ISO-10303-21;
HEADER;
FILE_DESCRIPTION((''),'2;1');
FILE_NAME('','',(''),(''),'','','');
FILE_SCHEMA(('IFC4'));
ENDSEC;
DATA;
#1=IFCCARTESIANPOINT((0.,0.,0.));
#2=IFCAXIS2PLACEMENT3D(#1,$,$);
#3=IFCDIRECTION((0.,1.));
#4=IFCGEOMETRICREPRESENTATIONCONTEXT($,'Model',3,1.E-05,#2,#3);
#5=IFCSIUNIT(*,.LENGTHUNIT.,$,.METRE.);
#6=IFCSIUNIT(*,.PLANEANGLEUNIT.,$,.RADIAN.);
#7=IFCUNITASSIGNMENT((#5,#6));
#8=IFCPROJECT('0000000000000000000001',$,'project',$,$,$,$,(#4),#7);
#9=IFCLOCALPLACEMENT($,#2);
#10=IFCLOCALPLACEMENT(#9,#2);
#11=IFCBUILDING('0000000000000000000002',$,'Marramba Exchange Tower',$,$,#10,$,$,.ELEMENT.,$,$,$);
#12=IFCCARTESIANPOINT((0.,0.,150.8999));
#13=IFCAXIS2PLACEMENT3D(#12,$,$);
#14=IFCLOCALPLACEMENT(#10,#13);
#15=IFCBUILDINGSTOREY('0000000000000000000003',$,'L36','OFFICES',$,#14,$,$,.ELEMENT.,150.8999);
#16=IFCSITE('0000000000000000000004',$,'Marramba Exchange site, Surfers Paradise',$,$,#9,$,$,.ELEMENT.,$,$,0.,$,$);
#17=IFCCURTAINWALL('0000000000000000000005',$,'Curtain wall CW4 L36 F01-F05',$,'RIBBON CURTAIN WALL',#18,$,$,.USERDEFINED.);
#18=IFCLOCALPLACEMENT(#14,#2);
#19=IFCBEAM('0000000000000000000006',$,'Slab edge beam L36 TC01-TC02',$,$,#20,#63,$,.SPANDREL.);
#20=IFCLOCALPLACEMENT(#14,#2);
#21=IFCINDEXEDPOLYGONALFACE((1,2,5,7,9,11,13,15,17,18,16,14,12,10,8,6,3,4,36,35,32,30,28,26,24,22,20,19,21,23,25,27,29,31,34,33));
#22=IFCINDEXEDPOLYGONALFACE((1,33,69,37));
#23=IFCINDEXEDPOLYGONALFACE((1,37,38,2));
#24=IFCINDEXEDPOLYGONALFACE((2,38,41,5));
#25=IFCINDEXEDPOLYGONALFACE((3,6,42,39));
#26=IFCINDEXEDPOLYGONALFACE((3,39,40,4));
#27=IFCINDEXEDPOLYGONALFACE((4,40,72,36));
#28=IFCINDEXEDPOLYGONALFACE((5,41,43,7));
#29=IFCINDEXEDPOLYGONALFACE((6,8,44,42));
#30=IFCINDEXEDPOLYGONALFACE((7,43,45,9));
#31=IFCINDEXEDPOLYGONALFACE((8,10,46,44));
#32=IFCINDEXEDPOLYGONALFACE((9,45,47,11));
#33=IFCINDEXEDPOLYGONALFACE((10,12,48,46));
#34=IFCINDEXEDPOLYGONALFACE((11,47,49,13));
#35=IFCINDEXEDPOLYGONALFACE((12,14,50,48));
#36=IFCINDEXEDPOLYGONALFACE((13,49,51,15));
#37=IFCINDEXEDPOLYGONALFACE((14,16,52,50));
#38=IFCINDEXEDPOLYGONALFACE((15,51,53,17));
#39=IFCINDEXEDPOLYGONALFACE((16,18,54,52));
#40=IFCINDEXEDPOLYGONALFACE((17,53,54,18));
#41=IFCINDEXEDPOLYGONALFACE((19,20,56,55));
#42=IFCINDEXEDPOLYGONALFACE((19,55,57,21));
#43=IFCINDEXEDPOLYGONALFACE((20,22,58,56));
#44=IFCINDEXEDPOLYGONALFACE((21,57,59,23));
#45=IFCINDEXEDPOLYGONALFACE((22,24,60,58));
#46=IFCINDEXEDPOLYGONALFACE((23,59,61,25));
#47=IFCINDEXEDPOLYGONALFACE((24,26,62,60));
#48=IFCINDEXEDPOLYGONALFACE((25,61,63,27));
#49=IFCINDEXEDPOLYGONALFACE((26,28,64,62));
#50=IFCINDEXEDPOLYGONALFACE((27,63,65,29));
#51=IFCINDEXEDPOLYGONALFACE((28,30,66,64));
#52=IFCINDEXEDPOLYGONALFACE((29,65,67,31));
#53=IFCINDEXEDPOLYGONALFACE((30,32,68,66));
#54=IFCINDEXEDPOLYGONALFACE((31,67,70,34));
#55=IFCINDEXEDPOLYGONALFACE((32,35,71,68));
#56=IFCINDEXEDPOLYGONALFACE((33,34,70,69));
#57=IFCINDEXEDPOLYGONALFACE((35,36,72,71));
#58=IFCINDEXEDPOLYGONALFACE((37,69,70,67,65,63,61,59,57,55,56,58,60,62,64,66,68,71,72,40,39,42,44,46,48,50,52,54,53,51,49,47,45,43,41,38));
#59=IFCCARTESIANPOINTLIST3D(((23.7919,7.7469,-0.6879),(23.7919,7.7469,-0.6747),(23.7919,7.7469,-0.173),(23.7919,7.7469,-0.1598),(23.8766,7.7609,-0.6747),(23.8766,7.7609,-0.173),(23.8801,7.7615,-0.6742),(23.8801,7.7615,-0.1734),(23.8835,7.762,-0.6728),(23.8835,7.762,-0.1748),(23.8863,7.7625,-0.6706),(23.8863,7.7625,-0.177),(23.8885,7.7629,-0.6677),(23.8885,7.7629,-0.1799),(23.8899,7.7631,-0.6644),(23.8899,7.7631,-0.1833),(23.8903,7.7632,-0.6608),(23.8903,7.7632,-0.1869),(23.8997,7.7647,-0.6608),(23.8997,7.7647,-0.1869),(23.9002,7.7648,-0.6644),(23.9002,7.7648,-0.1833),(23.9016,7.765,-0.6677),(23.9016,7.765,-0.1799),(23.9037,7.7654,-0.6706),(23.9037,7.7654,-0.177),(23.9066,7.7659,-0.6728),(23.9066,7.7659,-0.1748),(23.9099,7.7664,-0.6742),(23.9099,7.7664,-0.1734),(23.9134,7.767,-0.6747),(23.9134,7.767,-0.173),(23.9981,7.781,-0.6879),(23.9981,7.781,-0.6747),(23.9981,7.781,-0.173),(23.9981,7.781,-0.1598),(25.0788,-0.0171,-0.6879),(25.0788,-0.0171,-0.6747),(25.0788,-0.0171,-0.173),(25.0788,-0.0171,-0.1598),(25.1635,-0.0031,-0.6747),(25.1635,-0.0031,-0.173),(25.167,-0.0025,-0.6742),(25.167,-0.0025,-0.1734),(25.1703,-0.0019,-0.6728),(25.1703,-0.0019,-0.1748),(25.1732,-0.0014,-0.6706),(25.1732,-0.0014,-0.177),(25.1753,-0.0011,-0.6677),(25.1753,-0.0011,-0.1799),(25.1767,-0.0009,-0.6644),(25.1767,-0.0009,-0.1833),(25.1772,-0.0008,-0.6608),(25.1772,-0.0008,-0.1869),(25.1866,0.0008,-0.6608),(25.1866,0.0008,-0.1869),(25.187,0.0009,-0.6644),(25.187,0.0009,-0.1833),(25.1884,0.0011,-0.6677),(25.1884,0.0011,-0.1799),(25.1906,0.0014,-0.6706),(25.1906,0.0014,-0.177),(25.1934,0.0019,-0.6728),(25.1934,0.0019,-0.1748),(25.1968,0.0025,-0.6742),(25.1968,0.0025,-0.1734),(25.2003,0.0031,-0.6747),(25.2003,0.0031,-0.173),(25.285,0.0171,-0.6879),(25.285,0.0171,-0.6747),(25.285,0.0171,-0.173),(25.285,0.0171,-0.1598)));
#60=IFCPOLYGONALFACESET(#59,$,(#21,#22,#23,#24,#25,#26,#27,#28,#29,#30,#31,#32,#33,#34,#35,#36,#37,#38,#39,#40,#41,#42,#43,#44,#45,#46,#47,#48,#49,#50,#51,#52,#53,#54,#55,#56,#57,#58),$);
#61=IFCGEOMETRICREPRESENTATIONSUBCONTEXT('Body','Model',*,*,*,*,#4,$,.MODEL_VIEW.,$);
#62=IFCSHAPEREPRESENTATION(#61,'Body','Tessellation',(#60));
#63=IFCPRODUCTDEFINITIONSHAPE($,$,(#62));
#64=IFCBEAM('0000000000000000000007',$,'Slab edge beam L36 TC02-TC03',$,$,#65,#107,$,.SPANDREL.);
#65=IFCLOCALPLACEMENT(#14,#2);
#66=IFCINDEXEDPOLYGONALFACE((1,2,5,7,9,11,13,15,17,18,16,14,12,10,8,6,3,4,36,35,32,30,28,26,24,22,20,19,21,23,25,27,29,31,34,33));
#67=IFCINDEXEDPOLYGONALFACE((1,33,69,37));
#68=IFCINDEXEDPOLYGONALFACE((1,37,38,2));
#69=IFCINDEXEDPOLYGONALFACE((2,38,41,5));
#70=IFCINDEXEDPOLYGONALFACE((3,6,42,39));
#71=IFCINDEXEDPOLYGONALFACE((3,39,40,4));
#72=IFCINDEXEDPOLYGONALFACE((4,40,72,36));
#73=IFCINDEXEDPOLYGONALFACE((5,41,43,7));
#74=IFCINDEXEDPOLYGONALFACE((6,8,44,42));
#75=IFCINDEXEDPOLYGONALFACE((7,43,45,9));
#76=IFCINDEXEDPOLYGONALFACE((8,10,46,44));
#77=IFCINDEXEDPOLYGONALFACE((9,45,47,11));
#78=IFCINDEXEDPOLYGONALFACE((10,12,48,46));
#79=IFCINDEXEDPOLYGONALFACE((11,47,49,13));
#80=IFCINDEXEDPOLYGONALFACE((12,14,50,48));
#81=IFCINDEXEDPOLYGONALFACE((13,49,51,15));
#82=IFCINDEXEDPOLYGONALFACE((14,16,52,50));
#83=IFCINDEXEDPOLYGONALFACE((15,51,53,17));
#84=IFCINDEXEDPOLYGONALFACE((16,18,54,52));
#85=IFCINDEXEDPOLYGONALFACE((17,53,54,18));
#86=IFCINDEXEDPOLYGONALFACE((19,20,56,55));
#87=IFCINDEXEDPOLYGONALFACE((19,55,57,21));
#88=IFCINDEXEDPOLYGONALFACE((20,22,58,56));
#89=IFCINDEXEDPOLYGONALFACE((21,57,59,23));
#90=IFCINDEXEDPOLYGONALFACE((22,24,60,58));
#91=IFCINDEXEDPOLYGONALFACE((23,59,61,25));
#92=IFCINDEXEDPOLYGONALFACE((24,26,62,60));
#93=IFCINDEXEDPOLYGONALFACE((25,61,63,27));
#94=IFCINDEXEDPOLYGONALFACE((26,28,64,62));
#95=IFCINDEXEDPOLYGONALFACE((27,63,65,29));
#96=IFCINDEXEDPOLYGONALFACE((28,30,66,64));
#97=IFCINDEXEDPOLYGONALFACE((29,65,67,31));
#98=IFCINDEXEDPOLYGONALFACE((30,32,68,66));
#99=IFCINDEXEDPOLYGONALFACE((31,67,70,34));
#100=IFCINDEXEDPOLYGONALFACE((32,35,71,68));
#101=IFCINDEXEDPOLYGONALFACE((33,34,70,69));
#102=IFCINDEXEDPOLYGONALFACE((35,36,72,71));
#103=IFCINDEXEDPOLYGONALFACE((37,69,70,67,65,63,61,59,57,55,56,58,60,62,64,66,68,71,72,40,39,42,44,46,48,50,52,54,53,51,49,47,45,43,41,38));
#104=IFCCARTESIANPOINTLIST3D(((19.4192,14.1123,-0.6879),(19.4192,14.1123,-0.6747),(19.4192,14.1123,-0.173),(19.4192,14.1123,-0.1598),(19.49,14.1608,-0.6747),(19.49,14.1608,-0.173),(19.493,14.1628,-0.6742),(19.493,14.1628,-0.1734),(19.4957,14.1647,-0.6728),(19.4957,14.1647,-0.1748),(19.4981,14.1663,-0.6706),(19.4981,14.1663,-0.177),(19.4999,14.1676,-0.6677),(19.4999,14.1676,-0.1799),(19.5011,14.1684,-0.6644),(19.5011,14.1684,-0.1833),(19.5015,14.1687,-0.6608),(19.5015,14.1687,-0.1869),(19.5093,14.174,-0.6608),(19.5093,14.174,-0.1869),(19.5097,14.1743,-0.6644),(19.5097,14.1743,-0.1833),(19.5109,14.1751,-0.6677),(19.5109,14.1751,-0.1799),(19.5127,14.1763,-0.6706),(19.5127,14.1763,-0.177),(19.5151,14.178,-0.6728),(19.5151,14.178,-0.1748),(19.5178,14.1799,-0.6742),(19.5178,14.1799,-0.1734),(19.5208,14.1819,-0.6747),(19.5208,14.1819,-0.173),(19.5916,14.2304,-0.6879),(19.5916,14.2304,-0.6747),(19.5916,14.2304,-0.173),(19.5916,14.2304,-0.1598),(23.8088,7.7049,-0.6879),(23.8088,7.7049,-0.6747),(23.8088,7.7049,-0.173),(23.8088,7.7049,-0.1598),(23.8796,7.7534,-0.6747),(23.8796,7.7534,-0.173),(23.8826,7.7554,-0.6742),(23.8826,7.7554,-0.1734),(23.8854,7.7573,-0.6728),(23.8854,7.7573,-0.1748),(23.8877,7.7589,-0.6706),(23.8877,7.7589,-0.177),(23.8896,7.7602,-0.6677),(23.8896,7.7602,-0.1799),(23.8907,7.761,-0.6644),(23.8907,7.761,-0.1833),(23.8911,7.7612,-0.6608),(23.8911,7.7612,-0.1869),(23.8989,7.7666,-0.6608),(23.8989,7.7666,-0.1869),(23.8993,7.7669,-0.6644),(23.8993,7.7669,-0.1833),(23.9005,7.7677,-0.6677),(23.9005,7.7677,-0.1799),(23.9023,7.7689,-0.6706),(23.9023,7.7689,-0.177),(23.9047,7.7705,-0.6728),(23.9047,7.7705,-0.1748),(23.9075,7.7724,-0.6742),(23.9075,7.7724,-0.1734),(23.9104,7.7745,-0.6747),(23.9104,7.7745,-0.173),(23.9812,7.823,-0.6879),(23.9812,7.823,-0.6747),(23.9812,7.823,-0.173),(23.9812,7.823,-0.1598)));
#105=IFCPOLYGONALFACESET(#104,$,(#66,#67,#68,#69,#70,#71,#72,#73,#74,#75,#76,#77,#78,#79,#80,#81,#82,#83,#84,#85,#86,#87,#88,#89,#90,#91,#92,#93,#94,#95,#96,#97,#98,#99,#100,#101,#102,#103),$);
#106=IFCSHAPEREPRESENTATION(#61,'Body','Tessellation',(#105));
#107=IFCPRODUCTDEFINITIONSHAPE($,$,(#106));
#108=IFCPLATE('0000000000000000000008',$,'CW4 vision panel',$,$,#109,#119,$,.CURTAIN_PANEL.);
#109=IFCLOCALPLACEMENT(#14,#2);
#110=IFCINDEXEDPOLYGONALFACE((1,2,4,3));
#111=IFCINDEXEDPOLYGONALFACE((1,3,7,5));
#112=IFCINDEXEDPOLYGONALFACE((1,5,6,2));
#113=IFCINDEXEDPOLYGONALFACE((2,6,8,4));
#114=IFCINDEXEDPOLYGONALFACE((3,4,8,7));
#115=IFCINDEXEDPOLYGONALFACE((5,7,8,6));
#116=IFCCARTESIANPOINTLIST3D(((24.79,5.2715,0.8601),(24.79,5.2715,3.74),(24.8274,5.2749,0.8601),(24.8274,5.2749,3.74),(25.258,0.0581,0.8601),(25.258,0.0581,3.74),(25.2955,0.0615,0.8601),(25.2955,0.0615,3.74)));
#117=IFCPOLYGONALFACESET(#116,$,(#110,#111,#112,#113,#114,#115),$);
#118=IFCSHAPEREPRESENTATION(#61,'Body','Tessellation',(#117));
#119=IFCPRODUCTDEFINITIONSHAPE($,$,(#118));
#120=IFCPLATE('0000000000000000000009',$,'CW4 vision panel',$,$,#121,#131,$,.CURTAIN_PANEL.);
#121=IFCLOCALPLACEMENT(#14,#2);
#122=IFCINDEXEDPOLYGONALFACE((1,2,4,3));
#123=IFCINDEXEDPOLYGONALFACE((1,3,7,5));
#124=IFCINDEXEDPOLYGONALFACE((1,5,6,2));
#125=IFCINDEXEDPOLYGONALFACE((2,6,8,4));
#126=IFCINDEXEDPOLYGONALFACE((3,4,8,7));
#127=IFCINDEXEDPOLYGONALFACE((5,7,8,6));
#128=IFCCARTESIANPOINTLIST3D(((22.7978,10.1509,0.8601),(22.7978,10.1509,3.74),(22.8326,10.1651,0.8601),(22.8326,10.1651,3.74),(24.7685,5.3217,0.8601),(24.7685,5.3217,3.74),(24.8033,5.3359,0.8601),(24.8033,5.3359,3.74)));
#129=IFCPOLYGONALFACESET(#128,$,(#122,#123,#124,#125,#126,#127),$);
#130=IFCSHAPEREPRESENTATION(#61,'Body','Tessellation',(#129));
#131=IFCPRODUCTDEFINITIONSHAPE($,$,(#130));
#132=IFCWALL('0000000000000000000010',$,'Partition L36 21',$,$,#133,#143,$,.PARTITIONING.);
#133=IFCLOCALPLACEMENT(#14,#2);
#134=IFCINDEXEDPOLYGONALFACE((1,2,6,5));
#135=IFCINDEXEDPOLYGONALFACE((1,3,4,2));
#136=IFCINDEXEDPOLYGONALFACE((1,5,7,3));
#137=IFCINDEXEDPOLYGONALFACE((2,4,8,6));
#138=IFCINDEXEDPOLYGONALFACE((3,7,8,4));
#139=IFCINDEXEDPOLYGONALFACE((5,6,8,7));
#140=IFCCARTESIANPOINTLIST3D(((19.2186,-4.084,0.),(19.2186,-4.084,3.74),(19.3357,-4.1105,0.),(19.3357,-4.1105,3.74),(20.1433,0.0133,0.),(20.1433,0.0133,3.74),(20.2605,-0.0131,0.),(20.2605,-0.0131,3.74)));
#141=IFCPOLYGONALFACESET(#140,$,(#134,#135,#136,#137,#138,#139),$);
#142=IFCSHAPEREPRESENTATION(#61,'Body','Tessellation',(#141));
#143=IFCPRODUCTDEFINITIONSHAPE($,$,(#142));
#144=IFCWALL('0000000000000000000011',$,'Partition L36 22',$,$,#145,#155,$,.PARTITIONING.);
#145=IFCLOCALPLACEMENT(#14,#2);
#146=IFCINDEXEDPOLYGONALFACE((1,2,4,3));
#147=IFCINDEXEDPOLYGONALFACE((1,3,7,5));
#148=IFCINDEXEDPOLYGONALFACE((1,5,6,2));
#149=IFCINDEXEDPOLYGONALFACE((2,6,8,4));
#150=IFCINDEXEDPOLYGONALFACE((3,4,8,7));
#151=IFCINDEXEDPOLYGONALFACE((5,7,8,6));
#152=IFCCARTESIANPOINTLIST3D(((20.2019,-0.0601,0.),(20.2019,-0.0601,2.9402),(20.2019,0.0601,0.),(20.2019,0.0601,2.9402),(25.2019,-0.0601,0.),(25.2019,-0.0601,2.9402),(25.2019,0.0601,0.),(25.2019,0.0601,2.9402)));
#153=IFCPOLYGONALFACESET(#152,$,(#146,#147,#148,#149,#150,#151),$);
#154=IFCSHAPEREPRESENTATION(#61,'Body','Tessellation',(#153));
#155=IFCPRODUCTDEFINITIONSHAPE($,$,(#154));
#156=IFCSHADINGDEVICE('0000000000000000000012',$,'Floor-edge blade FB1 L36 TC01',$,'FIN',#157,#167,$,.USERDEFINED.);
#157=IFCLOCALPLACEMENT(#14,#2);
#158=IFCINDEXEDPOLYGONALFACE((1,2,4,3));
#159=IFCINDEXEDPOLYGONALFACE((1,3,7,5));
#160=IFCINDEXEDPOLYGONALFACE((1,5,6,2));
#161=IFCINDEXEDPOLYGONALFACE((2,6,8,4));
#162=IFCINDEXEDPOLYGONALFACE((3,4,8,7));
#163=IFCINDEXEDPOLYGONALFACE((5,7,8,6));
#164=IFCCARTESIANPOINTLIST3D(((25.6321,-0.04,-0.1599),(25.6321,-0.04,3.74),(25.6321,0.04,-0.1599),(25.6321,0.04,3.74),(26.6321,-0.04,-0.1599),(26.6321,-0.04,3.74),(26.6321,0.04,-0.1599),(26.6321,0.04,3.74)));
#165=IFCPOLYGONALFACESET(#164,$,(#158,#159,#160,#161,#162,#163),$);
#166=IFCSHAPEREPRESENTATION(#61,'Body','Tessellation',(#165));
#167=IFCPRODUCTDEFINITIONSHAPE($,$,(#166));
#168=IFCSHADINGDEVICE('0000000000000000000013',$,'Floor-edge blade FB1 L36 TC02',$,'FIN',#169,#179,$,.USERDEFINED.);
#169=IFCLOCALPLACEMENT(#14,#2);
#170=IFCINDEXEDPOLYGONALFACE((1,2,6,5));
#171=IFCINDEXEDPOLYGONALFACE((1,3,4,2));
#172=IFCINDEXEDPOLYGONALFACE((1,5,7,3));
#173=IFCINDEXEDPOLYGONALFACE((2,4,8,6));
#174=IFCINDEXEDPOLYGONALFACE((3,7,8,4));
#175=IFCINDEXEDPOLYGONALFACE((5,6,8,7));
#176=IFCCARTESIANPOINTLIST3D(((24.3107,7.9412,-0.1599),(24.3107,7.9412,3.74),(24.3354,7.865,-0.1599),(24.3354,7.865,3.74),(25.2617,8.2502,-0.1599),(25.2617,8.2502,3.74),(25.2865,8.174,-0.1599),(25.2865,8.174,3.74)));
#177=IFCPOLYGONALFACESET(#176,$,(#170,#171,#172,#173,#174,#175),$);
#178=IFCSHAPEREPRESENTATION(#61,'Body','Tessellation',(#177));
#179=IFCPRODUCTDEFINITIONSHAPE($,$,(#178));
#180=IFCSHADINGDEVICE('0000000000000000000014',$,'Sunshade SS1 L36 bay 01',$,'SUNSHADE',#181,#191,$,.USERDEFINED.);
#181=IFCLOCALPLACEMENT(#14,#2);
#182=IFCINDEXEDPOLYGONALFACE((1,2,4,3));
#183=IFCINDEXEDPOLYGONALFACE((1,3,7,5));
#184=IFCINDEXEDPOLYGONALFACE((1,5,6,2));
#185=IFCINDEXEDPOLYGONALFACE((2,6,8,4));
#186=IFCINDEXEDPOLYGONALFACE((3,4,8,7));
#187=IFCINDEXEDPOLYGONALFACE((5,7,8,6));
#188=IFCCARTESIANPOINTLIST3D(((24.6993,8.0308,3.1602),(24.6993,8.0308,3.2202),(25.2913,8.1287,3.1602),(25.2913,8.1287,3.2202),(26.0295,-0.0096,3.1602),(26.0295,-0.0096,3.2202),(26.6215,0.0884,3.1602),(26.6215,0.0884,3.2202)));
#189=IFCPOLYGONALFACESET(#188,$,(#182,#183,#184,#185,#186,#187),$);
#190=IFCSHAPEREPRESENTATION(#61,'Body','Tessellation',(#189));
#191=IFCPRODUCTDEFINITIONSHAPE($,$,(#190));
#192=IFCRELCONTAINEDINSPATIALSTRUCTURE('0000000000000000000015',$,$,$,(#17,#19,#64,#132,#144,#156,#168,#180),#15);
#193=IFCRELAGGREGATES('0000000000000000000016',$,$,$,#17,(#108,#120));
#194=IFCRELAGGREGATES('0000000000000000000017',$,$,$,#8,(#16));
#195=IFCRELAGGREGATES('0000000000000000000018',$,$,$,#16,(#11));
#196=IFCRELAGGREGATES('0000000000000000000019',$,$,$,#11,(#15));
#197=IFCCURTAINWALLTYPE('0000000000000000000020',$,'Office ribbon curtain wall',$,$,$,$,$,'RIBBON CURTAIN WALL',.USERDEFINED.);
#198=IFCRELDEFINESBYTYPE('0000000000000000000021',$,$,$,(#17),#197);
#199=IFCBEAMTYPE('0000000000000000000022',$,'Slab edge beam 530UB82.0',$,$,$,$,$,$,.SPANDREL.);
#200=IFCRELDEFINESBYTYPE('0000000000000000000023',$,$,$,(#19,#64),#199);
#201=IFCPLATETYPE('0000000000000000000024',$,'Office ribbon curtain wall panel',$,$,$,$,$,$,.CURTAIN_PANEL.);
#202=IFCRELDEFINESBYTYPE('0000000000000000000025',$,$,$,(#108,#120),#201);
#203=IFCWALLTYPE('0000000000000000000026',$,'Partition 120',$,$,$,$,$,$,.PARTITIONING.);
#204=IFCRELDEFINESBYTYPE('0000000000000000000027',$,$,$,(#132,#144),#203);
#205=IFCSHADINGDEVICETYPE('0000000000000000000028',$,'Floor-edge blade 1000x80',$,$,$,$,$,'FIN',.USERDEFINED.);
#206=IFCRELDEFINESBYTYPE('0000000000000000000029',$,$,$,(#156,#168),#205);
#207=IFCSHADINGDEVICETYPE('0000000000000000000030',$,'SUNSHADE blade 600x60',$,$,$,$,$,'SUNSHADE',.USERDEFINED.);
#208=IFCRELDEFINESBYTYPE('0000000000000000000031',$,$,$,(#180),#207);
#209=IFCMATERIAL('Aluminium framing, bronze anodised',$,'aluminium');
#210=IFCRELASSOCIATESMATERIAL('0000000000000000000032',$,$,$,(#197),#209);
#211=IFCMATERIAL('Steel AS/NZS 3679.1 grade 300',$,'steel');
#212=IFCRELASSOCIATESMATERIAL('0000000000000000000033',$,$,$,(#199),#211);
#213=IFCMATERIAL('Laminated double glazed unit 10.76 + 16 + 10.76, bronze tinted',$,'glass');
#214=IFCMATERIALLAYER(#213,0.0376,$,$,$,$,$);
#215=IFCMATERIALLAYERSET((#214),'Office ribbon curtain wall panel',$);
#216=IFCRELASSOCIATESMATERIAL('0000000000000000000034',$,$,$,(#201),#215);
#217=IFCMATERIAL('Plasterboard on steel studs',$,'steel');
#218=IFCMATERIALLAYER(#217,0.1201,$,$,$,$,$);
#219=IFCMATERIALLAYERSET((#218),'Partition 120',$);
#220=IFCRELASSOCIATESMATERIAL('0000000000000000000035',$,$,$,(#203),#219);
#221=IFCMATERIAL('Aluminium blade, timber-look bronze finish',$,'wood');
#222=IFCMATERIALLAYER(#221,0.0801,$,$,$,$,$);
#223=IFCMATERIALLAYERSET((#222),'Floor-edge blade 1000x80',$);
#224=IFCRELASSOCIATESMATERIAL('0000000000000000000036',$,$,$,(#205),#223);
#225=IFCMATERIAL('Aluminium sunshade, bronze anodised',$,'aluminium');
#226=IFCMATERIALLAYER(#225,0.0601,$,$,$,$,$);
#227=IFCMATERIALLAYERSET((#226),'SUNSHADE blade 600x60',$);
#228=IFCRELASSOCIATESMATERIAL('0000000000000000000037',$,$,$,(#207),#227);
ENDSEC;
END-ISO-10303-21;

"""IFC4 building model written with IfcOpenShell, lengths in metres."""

from ifc_helpers import new_model, si_unit, direction, frame, frame_2d, origin, origin_2d, place, context, subcontext, project, spatial, rectangle, i_section, extrude, material, layer, layer_set, material_profile, profile_set, type_object, element, aggregate, save


model = new_model("IFC4")

# Units and contexts
model_context = context("Model", 3, precision=1e-05, world=origin(), true_north=direction((0.0, 1.0)))
body_context = subcontext(model_context, "Body", "Model", "MODEL_VIEW")
ifc_project = project(units=[si_unit("LENGTHUNIT", "METRE"), si_unit("PLANEANGLEUNIT", "RADIAN")], contexts=[model_context])

# Site, building, storey
site_placement = place(None, origin())
site = spatial("IfcSite", under=ifc_project, at=site_placement, Name="Marramba Exchange site, Surfers Paradise", CompositionType="ELEMENT", RefElevation=0.0)
building_placement = place(site_placement, origin())
building = spatial("IfcBuilding", under=site, at=building_placement, Name="Marramba Exchange Tower", CompositionType="ELEMENT")
storey_placement = place(building_placement, frame((0.0, 0.0, 150.8999)))
storey = spatial("IfcBuildingStorey", under=building, at=storey_placement, Name="L36", Description="OFFICES", CompositionType="ELEMENT", Elevation=150.8999)

# Shared definitions
ifc_material_1 = material(Name="Steel AS/NZS 3679.1 grade 300", Category="steel")

# Curtain wall
ifc_material_2 = material(Name="Aluminium framing, bronze anodised", Category="aluminium")
curtain_wall_type = type_object("IfcCurtainWallType", Name="Office ribbon curtain wall", ElementType="RIBBON CURTAIN WALL", PredefinedType="USERDEFINED", material=ifc_material_2)
curtain_wall_placement = place(storey_placement, origin())
curtain_wall = element("IfcCurtainWall", 1, at=curtain_wall_placement, inside=storey, type_object=curtain_wall_type, Name="Curtain wall CW4 L36 F01-F05", ObjectType="RIBBON CURTAIN WALL", PredefinedType="USERDEFINED")

# Beams
ifc_material_profile_1 = material_profile(ifc_material_1, i_section(OverallWidth=0.209, OverallDepth=0.5281, WebThickness=0.0095, FlangeThickness=0.0132, FilletRadius=0.0139, at=origin_2d()), Name="530UB82.0")
ifc_profile_set_1 = profile_set([ifc_material_profile_1], Name="Steel AS/NZS 3679.1 grade 300")
beam_type_1 = type_object("IfcBeamType", Name="Slab edge beam 530UB82.0", PredefinedType="SPANDREL", material=ifc_profile_set_1)
beam_1_placement = place(storey_placement, frame((25.1819, 0.0, -0.4238), z_axis=(-0.163519, 0.98654, 0.0), x_axis=(-0.98654, -0.163519, 0.0)))
element("IfcBeam", 2, at=beam_1_placement, inside=storey, type_object=beam_type_1, Name="Slab edge beam L36 TC01-TC02", PredefinedType="SPANDREL", context=body_context, shape_type="SweptSolid", body=[
    extrude(i_section(OverallWidth=0.209, OverallDepth=0.5281, WebThickness=0.0095, FlangeThickness=0.0132, FilletRadius=0.0139, at=origin_2d()), origin(), (0.0, 0.0, 1.0), 7.8699),
])
beam_2_placement = place(storey_placement, frame((23.895, 7.7639, -0.4238), z_axis=(-0.565174, 0.824972, 0.0), x_axis=(-0.824972, -0.565174, 0.0)))
element("IfcBeam", 3, at=beam_2_placement, inside=storey, type_object=beam_type_1, Name="Slab edge beam L36 TC02-TC03", PredefinedType="SPANDREL", context=body_context, shape_type="SweptSolid", body=[
    extrude(i_section(OverallWidth=0.209, OverallDepth=0.5281, WebThickness=0.0095, FlangeThickness=0.0132, FilletRadius=0.0139, at=origin_2d()), origin(), (0.0, 0.0, 1.0), 7.7668),
])

# Plates
ifc_material_3 = material(Name="Laminated double glazed unit 10.76 + 16 + 10.76, bronze tinted", Category="glass")
ifc_layer_1 = layer(ifc_material_3, 0.0376)
ifc_layer_set_1 = layer_set([ifc_layer_1], Name="Office ribbon curtain wall panel")
plate_type = type_object("IfcPlateType", Name="Office ribbon curtain wall panel", PredefinedType="CURTAIN_PANEL", material=ifc_layer_set_1)
plate_1_placement = place(storey_placement, frame((25.0427, 2.6665, 0.8601), z_axis=(0.0, 0.0, 1.0), x_axis=(-0.089413, 0.995995, 0.0)))
plate_1 = element("IfcPlate", 4, at=plate_1_placement, type_object=plate_type, Name="CW4 vision panel", PredefinedType="CURTAIN_PANEL", context=body_context, shape_type="SweptSolid", body=[
    extrude(rectangle(XDim=5.2344, YDim=0.0376, at=origin_2d()), origin(), (0.0, 0.0, 1.0), 2.8799),
])
plate_2_placement = place(storey_placement, frame((23.8005, 7.7434, 0.8601), z_axis=(0.0, 0.0, 1.0), x_axis=(-0.377821, 0.925879, 0.0)))
plate_2 = element("IfcPlate", 5, at=plate_2_placement, type_object=plate_type, Name="CW4 vision panel", PredefinedType="CURTAIN_PANEL", context=body_context, shape_type="SweptSolid", body=[
    extrude(rectangle(XDim=5.2158, YDim=0.0376, at=origin_2d()), origin(), (0.0, 0.0, 1.0), 2.8799),
])
aggregate(curtain_wall, [plate_1, plate_2])

# Walls
ifc_material_4 = material(Name="Plasterboard on steel studs", Category="steel")
ifc_layer_2 = layer(ifc_material_4, 0.1201)
ifc_layer_set_2 = layer_set([ifc_layer_2], Name="Partition 120")
wall_type = type_object("IfcWallType", Name="Partition 120", PredefinedType="PARTITIONING", material=ifc_layer_set_2)
wall_1_placement = place(storey_placement, frame((20.2019, 0.0, 0.0), z_axis=(0.0, 0.0, 1.0), x_axis=(-0.220166, -0.975462, 0.0)))
element("IfcWall", 6, at=wall_1_placement, inside=storey, type_object=wall_type, Name="Partition L36 21", PredefinedType="PARTITIONING", context=body_context, shape_type="SweptSolid", body=[
    extrude(rectangle(XDim=4.2004, YDim=0.1201, at=frame_2d((2.1001, 0.0))), origin(), (0.0, 0.0, 1.0), 3.74),
])
wall_2_placement = place(storey_placement, frame((25.2019, 0.0, 0.0), z_axis=(0.0, 0.0, 1.0), x_axis=(-1.0, 0.0, 0.0)))
element("IfcWall", 7, at=wall_2_placement, inside=storey, type_object=wall_type, Name="Partition L36 22", PredefinedType="PARTITIONING", context=body_context, shape_type="SweptSolid", body=[
    extrude(rectangle(XDim=5.0, YDim=0.1201, at=frame_2d((2.5, 0.0))), origin(), (0.0, 0.0, 1.0), 2.9402),
])

# Shading devices
ifc_material_5 = material(Name="Aluminium blade, timber-look bronze finish", Category="wood")
ifc_layer_3 = layer(ifc_material_5, 0.0801)
ifc_layer_set_3 = layer_set([ifc_layer_3], Name="Floor-edge blade 1000x80")
shading_device_type_1 = type_object("IfcShadingDeviceType", Name="Floor-edge blade 1000x80", ElementType="FIN", PredefinedType="USERDEFINED", material=ifc_layer_set_3)
for number, where, z_axis, x_axis, name in (
    (8, (26.1321, 0.0, -0.1599), (0.0, 0.0, 1.0), (1.0, 0.0, 0.0), "Floor-edge blade FB1 L36 TC01"),
    (9, (24.7986, 8.0576, -0.1599), (0.0, 0.0, 1.0), (0.951057, 0.309017, 0.0), "Floor-edge blade FB1 L36 TC02"),
):
    element("IfcShadingDevice", number, at=place(storey_placement, frame(where, z_axis=z_axis, x_axis=x_axis)), inside=storey, type_object=shading_device_type_1, Name=name, ObjectType="FIN", PredefinedType="USERDEFINED", context=body_context, shape_type="SweptSolid", body=[
        extrude(rectangle(XDim=1.0, YDim=0.0801, at=origin_2d()), origin(), (0.0, 0.0, 1.0), 3.8999),
    ])
ifc_material_6 = material(Name="Aluminium sunshade, bronze anodised", Category="aluminium")
ifc_layer_4 = layer(ifc_material_6, 0.0601)
ifc_layer_set_4 = layer_set([ifc_layer_4], Name="SUNSHADE blade 600x60")
shading_device_type_2 = type_object("IfcShadingDeviceType", Name="SUNSHADE blade 600x60", ElementType="SUNSHADE", PredefinedType="USERDEFINED", material=ifc_layer_set_4)
shading_device_placement = place(storey_placement, frame((25.6604, 4.0596, 3.1602), z_axis=(0.0, 0.0, 1.0), x_axis=(-0.163228, 0.986588, 0.0)))
element("IfcShadingDevice", 10, at=shading_device_placement, inside=storey, type_object=shading_device_type_2, Name="Sunshade SS1 L36 bay 01", ObjectType="SUNSHADE", PredefinedType="USERDEFINED", context=body_context, shape_type="SweptSolid", body=[
    extrude(rectangle(XDim=8.1497, YDim=0.6001, at=origin_2d()), origin(), (0.0, 0.0, 1.0), 0.0601),
])

save(model, "model.ifc")
